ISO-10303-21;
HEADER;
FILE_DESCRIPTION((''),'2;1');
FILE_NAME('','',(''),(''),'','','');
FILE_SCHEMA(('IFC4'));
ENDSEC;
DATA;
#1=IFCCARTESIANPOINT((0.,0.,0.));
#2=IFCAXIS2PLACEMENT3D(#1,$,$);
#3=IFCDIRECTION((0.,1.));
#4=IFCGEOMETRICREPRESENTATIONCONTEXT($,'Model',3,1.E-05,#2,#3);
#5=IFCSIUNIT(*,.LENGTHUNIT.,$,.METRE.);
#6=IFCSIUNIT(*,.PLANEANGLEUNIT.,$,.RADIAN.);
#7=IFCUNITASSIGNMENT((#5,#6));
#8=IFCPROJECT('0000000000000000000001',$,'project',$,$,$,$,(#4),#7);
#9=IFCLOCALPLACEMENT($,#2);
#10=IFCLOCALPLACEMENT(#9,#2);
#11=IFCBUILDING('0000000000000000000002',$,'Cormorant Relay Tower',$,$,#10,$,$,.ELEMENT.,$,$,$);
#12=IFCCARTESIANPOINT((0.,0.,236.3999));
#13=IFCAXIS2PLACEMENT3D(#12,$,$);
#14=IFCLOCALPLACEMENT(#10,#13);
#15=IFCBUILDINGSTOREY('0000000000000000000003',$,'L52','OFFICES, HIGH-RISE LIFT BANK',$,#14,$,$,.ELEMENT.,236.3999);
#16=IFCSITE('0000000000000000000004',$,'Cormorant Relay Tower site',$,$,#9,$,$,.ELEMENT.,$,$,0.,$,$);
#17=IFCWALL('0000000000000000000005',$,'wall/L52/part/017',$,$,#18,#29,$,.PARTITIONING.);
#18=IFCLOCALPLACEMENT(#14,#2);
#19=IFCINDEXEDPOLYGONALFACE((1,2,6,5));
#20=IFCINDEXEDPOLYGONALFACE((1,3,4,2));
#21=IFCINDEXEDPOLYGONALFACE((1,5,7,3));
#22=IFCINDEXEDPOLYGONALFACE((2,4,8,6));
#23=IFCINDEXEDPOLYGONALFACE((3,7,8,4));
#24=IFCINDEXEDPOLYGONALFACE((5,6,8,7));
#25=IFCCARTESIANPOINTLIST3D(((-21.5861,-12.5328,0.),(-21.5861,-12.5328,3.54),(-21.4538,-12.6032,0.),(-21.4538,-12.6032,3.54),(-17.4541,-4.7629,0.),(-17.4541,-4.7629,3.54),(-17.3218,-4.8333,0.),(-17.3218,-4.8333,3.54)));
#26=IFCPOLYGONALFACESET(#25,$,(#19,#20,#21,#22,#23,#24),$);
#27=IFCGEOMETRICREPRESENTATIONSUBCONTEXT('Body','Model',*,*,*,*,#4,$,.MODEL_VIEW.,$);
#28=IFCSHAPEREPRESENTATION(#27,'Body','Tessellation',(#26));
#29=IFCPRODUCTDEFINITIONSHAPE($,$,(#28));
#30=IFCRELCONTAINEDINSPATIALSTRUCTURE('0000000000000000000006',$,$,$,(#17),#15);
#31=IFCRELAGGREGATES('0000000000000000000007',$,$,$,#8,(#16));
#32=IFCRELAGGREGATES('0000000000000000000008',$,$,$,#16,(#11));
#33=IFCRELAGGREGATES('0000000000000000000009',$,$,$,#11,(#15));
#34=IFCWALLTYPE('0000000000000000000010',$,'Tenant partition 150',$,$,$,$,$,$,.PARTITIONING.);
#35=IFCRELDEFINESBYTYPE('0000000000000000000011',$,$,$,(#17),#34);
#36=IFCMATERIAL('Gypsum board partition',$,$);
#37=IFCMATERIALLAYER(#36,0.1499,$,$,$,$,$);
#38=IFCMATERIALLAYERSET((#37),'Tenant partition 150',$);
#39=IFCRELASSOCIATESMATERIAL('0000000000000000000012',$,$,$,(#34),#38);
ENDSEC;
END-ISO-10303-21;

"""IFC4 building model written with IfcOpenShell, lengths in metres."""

from ifc_helpers import new_model, si_unit, direction, frame, frame_2d, origin, place, context, subcontext, project, spatial, rectangle, extrude, material, layer, layer_set, type_object, element, save


model = new_model("IFC4")

# Units and contexts
model_context = context("Model", 3, precision=1e-05, world=origin(), true_north=direction((0.0, 1.0)))
body_context = subcontext(model_context, "Body", "Model", "MODEL_VIEW")
ifc_project = project(units=[si_unit("LENGTHUNIT", "METRE"), si_unit("PLANEANGLEUNIT", "RADIAN")], contexts=[model_context])

# Site, building, storey
site_placement = place(None, origin())
site = spatial("IfcSite", under=ifc_project, at=site_placement, Name="Cormorant Relay Tower site", CompositionType="ELEMENT", RefElevation=0.0)
building_placement = place(site_placement, origin())
building = spatial("IfcBuilding", under=site, at=building_placement, Name="Cormorant Relay Tower", CompositionType="ELEMENT")
storey_placement = place(building_placement, frame((0.0, 0.0, 236.3999)))
storey = spatial("IfcBuildingStorey", under=building, at=storey_placement, Name="L52", Description="OFFICES, HIGH-RISE LIFT BANK", CompositionType="ELEMENT", Elevation=236.3999)

# Wall
ifc_material_1 = material(Name="Gypsum board partition")
ifc_layer_1 = layer(ifc_material_1, 0.1499)
ifc_layer_set_1 = layer_set([ifc_layer_1], Name="Tenant partition 150")
wall_type_1 = type_object("IfcWallType", Name="Tenant partition 150", PredefinedType="PARTITIONING", material=ifc_layer_set_1)
wall_1_placement = place(storey_placement, frame((-17.3879, -4.7981, 0.0), z_axis=(0.0, 0.0, 1.0), x_axis=(-0.469532, -0.882915, 0.0)))
element("IfcWall", 1, at=wall_1_placement, inside=storey, type_object=wall_type_1, Name="wall/L52/part/017", PredefinedType="PARTITIONING", context=body_context, shape_type="SweptSolid", body=[
    extrude(rectangle(XDim=8.8003, YDim=0.1499, at=frame_2d((4.4001, 0.0))), origin(), (0.0, 0.0, 1.0), 3.54),
])

save(model, "model.ifc")
